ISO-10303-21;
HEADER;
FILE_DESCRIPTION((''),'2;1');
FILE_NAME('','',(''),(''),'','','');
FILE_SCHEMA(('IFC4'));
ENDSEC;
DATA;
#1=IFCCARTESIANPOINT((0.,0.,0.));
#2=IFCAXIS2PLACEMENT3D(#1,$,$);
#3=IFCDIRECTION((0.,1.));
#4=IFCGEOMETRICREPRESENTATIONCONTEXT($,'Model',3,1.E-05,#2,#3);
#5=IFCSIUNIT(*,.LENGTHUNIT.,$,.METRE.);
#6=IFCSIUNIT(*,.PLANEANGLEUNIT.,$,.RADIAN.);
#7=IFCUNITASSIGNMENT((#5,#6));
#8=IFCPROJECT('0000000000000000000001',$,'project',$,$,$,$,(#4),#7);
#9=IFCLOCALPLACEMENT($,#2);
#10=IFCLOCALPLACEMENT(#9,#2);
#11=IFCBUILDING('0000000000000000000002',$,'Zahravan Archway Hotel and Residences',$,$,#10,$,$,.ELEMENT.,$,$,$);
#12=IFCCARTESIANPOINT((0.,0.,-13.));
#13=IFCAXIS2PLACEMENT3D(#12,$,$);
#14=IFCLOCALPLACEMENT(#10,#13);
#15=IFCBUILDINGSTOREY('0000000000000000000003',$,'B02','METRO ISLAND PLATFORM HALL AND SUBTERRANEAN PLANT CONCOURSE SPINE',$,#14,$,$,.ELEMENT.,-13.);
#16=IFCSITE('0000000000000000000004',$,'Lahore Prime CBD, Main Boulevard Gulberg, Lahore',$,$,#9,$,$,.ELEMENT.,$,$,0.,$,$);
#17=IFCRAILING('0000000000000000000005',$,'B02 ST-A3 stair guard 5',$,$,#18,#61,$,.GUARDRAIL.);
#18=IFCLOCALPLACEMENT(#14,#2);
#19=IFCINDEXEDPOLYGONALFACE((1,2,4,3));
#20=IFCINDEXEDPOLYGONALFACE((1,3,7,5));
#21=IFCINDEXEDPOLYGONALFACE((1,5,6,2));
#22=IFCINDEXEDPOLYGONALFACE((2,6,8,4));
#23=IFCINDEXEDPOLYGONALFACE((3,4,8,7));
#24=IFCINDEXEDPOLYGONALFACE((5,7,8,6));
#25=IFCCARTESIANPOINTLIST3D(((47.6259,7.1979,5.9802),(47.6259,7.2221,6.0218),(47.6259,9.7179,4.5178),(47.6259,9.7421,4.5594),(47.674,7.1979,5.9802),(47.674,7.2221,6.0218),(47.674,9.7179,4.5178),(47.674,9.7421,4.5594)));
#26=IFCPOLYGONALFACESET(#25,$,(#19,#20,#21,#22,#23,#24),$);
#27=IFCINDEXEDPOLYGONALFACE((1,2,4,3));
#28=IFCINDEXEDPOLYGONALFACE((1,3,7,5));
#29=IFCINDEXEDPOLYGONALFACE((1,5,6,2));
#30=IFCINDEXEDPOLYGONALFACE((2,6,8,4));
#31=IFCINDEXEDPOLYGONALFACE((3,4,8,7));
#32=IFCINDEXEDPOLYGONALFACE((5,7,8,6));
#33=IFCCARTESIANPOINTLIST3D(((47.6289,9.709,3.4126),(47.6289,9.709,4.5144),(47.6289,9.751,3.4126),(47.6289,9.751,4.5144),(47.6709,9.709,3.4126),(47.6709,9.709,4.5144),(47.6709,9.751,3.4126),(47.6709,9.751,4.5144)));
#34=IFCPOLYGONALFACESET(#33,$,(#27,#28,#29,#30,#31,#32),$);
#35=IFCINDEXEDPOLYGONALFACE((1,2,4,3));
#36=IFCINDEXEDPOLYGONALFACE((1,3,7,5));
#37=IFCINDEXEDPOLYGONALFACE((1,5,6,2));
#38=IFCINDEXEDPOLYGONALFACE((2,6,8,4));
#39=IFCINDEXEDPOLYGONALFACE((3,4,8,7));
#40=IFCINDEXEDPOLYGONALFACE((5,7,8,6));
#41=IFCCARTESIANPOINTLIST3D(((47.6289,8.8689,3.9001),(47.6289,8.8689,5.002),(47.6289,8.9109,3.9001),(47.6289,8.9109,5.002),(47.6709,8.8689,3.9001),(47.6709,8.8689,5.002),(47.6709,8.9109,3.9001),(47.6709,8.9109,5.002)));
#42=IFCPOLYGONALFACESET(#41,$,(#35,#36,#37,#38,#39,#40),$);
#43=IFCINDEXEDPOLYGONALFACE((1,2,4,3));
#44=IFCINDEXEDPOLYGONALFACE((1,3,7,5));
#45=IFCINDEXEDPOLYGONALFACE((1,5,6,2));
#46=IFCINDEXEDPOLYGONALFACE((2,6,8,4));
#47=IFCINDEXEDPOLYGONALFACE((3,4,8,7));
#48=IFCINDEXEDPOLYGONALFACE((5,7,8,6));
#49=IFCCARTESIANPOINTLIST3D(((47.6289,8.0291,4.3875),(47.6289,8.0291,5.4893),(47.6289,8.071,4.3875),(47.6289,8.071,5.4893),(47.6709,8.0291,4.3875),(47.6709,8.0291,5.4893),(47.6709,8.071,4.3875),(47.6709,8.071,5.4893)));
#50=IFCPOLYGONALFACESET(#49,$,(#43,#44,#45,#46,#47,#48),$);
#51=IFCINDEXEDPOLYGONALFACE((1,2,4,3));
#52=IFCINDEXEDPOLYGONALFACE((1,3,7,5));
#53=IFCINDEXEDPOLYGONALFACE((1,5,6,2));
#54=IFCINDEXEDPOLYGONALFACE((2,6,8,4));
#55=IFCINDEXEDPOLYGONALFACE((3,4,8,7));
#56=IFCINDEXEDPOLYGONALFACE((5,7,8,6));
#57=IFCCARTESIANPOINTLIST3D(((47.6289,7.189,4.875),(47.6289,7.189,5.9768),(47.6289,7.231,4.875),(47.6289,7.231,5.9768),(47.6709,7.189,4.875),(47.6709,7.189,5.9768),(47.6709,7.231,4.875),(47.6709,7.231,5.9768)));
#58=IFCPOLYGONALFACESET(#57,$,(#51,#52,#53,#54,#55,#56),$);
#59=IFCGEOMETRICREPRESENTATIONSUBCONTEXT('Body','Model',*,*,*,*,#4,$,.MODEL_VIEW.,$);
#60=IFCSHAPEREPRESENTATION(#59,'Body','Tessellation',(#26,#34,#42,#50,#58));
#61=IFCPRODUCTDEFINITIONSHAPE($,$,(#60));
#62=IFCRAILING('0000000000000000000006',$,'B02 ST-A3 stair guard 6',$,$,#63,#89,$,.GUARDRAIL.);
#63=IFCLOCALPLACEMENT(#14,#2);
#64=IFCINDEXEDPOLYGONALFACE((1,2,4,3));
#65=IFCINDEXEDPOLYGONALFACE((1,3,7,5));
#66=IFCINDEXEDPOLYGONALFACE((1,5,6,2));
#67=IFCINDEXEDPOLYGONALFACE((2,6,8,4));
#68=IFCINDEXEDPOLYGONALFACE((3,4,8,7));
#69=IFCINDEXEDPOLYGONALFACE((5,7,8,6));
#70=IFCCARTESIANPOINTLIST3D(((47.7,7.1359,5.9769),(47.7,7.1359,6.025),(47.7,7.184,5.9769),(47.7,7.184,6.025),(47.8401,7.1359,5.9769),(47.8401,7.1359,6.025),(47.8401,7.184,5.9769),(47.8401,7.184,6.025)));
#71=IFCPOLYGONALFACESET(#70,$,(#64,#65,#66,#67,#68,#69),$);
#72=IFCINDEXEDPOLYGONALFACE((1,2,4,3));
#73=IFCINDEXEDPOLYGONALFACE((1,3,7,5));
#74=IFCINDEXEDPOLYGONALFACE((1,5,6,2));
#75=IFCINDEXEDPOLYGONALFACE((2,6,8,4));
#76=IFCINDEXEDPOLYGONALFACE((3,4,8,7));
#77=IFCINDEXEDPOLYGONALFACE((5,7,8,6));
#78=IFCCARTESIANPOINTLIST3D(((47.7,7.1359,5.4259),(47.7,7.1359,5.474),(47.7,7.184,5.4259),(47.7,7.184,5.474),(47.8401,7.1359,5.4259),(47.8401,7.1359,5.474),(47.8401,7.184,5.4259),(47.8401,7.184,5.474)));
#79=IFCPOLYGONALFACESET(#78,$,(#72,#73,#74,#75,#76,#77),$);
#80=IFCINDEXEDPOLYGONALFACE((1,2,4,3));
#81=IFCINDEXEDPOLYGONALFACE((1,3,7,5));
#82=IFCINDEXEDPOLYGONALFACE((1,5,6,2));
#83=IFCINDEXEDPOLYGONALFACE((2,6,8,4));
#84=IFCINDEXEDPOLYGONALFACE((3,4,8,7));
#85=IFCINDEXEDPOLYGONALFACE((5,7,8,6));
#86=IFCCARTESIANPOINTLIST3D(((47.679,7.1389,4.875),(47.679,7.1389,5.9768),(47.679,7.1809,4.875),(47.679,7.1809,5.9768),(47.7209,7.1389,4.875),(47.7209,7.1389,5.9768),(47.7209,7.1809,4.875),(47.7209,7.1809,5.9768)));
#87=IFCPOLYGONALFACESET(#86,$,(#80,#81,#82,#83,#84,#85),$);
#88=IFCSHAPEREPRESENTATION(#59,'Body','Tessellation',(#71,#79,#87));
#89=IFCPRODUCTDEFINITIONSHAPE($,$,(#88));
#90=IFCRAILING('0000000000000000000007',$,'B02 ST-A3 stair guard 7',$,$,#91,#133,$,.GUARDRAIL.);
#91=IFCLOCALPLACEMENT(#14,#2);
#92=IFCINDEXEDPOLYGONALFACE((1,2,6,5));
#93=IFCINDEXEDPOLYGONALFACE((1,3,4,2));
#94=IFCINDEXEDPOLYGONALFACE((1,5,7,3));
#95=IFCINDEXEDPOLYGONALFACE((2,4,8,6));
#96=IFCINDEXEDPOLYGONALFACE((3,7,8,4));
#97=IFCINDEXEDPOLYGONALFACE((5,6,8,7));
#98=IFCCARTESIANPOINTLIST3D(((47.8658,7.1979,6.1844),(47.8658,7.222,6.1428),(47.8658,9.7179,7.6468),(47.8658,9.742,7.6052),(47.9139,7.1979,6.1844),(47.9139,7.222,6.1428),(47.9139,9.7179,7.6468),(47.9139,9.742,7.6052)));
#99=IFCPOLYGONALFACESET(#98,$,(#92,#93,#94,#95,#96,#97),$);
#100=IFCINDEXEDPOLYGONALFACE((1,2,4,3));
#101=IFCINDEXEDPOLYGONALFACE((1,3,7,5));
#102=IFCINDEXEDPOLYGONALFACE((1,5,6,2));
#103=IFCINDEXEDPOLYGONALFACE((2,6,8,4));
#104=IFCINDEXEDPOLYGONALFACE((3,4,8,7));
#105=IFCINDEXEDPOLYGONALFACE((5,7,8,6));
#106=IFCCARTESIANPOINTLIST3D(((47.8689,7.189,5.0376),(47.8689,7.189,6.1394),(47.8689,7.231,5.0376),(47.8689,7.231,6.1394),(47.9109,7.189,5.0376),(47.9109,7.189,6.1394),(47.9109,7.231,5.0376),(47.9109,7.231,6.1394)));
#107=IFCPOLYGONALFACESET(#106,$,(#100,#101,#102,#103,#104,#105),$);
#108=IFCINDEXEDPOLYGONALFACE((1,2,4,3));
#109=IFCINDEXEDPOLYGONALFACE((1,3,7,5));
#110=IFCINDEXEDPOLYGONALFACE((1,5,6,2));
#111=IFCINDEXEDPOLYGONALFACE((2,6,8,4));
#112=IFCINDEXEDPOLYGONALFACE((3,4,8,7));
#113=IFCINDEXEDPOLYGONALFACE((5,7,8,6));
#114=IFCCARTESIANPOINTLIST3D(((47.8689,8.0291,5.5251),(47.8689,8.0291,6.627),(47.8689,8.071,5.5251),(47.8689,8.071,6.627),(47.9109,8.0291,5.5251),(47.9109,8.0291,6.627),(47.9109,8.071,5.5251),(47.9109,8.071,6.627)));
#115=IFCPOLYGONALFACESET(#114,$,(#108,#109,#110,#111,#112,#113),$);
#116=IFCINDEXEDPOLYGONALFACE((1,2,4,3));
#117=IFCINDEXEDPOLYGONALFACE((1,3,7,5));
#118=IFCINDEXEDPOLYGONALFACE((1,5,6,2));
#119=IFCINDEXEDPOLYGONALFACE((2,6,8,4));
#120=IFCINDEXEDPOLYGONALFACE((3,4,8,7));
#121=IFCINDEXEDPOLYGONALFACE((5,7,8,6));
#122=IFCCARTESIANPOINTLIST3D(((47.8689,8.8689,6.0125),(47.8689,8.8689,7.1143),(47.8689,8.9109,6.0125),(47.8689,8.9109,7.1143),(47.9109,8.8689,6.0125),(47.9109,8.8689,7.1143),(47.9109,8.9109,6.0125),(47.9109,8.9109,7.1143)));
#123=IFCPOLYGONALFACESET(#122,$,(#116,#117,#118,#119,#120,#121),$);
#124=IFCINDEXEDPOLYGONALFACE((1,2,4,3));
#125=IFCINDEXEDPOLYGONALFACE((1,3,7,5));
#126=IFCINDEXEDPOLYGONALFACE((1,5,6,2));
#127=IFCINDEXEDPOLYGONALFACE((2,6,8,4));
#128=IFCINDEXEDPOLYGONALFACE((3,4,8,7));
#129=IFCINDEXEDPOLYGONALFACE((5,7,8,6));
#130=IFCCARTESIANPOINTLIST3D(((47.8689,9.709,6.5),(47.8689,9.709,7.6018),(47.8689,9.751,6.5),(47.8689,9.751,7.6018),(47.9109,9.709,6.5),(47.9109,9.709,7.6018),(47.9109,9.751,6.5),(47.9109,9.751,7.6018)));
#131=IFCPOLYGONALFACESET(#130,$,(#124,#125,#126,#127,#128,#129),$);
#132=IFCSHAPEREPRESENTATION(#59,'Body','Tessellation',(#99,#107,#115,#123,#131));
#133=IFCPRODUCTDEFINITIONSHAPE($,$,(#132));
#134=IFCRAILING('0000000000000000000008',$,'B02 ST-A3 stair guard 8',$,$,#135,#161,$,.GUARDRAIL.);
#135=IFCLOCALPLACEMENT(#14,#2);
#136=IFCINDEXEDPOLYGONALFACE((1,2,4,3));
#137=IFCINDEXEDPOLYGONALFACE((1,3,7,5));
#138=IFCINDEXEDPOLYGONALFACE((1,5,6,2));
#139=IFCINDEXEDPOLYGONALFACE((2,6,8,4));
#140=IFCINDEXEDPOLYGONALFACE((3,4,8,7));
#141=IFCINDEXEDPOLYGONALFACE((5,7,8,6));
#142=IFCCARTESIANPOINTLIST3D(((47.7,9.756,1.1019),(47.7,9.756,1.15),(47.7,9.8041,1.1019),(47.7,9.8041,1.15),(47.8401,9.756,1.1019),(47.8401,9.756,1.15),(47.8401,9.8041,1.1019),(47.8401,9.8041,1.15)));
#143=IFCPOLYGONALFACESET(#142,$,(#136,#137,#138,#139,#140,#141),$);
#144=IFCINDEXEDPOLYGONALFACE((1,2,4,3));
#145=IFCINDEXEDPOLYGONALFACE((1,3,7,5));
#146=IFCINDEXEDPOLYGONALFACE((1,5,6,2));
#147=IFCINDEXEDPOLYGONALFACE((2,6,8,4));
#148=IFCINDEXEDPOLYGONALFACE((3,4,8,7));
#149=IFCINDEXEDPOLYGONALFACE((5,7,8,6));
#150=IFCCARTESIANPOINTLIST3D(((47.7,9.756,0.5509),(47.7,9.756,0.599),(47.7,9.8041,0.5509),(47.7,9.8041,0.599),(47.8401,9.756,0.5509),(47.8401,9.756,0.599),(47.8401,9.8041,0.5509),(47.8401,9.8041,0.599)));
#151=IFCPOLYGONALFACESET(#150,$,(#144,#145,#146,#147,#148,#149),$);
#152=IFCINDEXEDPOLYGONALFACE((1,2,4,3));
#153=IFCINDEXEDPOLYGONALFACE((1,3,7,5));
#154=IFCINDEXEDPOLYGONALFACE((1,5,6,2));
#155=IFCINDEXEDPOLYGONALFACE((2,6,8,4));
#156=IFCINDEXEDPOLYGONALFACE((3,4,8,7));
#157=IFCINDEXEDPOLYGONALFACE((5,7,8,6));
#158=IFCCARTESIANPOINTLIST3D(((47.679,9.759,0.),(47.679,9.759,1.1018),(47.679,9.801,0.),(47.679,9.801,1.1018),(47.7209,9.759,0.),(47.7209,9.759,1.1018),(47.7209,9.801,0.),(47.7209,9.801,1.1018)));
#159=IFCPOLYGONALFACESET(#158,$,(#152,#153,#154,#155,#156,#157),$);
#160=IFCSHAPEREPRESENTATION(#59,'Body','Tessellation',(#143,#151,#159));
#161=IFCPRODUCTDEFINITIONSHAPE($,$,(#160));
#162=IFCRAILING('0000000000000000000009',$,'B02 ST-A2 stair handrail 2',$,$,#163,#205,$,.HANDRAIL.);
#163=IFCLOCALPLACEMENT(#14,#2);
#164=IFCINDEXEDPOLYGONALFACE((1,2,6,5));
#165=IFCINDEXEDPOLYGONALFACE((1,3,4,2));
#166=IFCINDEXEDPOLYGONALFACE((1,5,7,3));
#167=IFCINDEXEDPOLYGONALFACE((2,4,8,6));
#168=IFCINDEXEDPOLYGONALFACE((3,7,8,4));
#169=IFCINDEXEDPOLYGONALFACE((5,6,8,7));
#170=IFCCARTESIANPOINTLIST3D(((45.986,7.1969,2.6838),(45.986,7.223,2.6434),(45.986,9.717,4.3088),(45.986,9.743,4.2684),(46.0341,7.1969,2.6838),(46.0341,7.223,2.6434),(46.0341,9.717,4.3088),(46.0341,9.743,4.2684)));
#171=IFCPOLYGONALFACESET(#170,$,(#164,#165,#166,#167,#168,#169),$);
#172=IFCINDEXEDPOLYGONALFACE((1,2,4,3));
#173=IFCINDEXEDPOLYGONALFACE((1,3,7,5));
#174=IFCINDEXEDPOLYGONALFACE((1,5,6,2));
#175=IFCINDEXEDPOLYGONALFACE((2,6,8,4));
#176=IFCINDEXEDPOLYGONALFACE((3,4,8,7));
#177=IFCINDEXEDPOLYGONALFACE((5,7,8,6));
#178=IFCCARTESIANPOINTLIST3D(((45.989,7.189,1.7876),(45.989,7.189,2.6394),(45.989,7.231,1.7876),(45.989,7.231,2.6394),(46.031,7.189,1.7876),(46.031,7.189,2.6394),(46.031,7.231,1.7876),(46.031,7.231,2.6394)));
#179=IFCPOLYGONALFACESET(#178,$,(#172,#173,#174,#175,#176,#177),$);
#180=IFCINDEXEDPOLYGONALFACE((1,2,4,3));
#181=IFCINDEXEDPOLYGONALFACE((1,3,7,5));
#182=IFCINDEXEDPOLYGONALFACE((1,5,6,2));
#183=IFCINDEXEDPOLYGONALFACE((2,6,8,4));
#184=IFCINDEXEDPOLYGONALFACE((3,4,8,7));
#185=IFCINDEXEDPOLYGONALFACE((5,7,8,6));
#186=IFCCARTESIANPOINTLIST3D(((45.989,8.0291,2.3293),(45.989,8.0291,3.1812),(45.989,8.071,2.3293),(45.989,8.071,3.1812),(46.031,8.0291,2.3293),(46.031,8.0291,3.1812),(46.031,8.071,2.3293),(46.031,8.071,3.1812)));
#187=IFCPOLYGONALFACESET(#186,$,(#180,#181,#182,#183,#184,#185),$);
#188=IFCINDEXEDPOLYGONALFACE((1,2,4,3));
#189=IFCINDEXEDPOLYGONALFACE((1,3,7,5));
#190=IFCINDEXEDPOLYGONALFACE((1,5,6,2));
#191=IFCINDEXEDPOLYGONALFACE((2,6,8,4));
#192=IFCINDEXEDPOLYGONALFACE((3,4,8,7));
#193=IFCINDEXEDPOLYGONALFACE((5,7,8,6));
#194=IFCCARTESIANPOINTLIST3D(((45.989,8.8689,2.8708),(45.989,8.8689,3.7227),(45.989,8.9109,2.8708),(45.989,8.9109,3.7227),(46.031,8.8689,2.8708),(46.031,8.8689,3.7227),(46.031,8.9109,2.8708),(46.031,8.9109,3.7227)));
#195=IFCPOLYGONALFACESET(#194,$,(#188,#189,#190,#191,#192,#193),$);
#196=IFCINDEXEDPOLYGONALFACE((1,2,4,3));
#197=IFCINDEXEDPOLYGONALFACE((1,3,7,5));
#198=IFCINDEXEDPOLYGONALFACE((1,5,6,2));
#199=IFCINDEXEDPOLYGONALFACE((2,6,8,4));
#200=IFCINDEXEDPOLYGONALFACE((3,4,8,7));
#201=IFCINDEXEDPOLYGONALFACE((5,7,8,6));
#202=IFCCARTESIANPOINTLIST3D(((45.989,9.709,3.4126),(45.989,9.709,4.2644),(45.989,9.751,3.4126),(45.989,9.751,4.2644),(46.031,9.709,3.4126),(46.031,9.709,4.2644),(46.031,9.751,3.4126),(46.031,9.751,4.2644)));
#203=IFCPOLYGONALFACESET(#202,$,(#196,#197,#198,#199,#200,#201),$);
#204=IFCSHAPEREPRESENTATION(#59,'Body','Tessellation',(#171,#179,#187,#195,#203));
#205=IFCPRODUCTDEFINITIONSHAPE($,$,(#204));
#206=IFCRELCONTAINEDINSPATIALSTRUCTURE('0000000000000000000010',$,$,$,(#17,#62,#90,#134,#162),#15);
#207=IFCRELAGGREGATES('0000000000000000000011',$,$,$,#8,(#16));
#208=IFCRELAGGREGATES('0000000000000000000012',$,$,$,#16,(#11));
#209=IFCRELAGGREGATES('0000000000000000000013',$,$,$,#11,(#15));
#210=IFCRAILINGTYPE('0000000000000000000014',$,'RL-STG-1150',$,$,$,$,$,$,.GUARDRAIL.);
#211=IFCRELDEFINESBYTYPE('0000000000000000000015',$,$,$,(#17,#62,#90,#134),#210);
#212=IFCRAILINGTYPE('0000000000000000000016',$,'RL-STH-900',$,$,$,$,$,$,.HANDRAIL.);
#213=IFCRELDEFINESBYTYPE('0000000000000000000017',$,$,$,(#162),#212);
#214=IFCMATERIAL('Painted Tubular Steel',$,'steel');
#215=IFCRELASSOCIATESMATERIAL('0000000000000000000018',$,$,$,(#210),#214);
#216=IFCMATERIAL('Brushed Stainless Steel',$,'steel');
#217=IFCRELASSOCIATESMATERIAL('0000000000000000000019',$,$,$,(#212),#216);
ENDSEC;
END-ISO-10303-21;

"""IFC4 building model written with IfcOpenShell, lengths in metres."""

from ifc_helpers import new_model, si_unit, direction, frame, origin, origin_2d, place, context, subcontext, project, spatial, rectangle, extrude, material, type_object, element, save


model = new_model("IFC4")

# Units and contexts
model_context = context("Model", 3, precision=1e-05, world=origin(), true_north=direction((0.0, 1.0)))
body_context = subcontext(model_context, "Body", "Model", "MODEL_VIEW")
ifc_project = project(units=[si_unit("LENGTHUNIT", "METRE"), si_unit("PLANEANGLEUNIT", "RADIAN")], contexts=[model_context])

# Site, building, storey
site_placement = place(None, origin())
site = spatial("IfcSite", under=ifc_project, at=site_placement, Name="Lahore Prime CBD, Main Boulevard Gulberg, Lahore", CompositionType="ELEMENT", RefElevation=0.0)
building_placement = place(site_placement, origin())
building = spatial("IfcBuilding", under=site, at=building_placement, Name="Zahravan Archway Hotel and Residences", CompositionType="ELEMENT")
storey_placement = place(building_placement, frame((0.0, 0.0, -13.0)))
storey = spatial("IfcBuildingStorey", under=building, at=storey_placement, Name="B02", Description="METRO ISLAND PLATFORM HALL AND SUBTERRANEAN PLANT CONCOURSE SPINE", CompositionType="ELEMENT", Elevation=-13.0)

# Railings
ifc_material_1 = material(Name="Painted Tubular Steel", Category="steel")
railing_type_1 = type_object("IfcRailingType", Name="RL-STG-1150", PredefinedType="GUARDRAIL", material=ifc_material_1)
railing_1_placement = place(storey_placement, frame((47.6499, 9.73, 3.4126)))
element("IfcRailing", 1, at=railing_1_placement, inside=storey, type_object=railing_type_1, Name="B02 ST-A3 stair guard 5", PredefinedType="GUARDRAIL", context=body_context, shape_type="SweptSolid", body=[
    extrude(rectangle(XDim=0.0481, YDim=0.0481, at=origin_2d()), frame((0.0, 0.0, 1.126), z_axis=(0.0, -0.864913, 0.501921), x_axis=(1.0, 0.0, 0.0)), (0.0, 0.0, 1.0), 2.9136),
    extrude(rectangle(XDim=0.042, YDim=0.042, at=origin_2d()), origin(), (0.0, 0.0, 1.0), 1.1018),
    extrude(rectangle(XDim=0.042, YDim=0.042, at=origin_2d()), frame((0.0, -0.8401, 0.4875)), (0.0, 0.0, 1.0), 1.1018),
    extrude(rectangle(XDim=0.042, YDim=0.042, at=origin_2d()), frame((0.0, -1.6799, 0.9749)), (0.0, 0.0, 1.0), 1.1018),
    extrude(rectangle(XDim=0.042, YDim=0.042, at=origin_2d()), frame((0.0, -2.52, 1.4624)), (0.0, 0.0, 1.0), 1.1018),
])
railing_2_placement = place(storey_placement, frame((47.7, 7.1599, 4.875)))
element("IfcRailing", 2, at=railing_2_placement, inside=storey, type_object=railing_type_1, Name="B02 ST-A3 stair guard 6", PredefinedType="GUARDRAIL", context=body_context, shape_type="SweptSolid", body=[
    extrude(rectangle(XDim=0.0481, YDim=0.0481, at=origin_2d()), frame((0.0, 0.0, 1.126), z_axis=(1.0, 0.0, 0.0), x_axis=(0.0, 1.0, 0.0)), (0.0, 0.0, 1.0), 0.1401),
    extrude(rectangle(XDim=0.0481, YDim=0.0481, at=origin_2d()), frame((0.0, 0.0, 0.575), z_axis=(1.0, 0.0, 0.0), x_axis=(0.0, 1.0, 0.0)), (0.0, 0.0, 1.0), 0.1401),
    extrude(rectangle(XDim=0.042, YDim=0.042, at=origin_2d()), origin(), (0.0, 0.0, 1.0), 1.1018),
])
railing_3_placement = place(storey_placement, frame((47.8899, 7.21, 5.0376)))
element("IfcRailing", 3, at=railing_3_placement, inside=storey, type_object=railing_type_1, Name="B02 ST-A3 stair guard 7", PredefinedType="GUARDRAIL", context=body_context, shape_type="SweptSolid", body=[
    extrude(rectangle(XDim=0.0481, YDim=0.0481, at=origin_2d()), frame((0.0, 0.0, 1.126), z_axis=(0.0, 0.864913, 0.501921), x_axis=(-1.0, 0.0, 0.0)), (0.0, 0.0, 1.0), 2.9136),
    extrude(rectangle(XDim=0.042, YDim=0.042, at=origin_2d()), origin(), (0.0, 0.0, 1.0), 1.1018),
    extrude(rectangle(XDim=0.042, YDim=0.042, at=origin_2d()), frame((0.0, 0.8401, 0.4875)), (0.0, 0.0, 1.0), 1.1018),
    extrude(rectangle(XDim=0.042, YDim=0.042, at=origin_2d()), frame((0.0, 1.6799, 0.9749)), (0.0, 0.0, 1.0), 1.1018),
    extrude(rectangle(XDim=0.042, YDim=0.042, at=origin_2d()), frame((0.0, 2.52, 1.4624)), (0.0, 0.0, 1.0), 1.1018),
])
railing_4_placement = place(storey_placement, frame((47.7, 9.78, 0.0)))
element("IfcRailing", 4, at=railing_4_placement, inside=storey, type_object=railing_type_1, Name="B02 ST-A3 stair guard 8", PredefinedType="GUARDRAIL", context=body_context, shape_type="SweptSolid", body=[
    extrude(rectangle(XDim=0.0481, YDim=0.0481, at=origin_2d()), frame((0.0, 0.0, 1.126), z_axis=(1.0, 0.0, 0.0), x_axis=(0.0, 1.0, 0.0)), (0.0, 0.0, 1.0), 0.1401),
    extrude(rectangle(XDim=0.0481, YDim=0.0481, at=origin_2d()), frame((0.0, 0.0, 0.575), z_axis=(1.0, 0.0, 0.0), x_axis=(0.0, 1.0, 0.0)), (0.0, 0.0, 1.0), 0.1401),
    extrude(rectangle(XDim=0.042, YDim=0.042, at=origin_2d()), origin(), (0.0, 0.0, 1.0), 1.1018),
])
ifc_material_2 = material(Name="Brushed Stainless Steel", Category="steel")
railing_type_2 = type_object("IfcRailingType", Name="RL-STH-900", PredefinedType="HANDRAIL", material=ifc_material_2)
for number, where, name in (
    (5, (46.01, 7.21, 1.7876), "B02 ST-A2 stair handrail 2"),
):
    element("IfcRailing", number, at=place(storey_placement, frame(where)), inside=storey, type_object=railing_type_2, Name=name, PredefinedType="HANDRAIL", context=body_context, shape_type="SweptSolid", body=[
        extrude(rectangle(XDim=0.0481, YDim=0.0481, at=origin_2d()), frame((0.0, 0.0, 0.876), z_axis=(0.0, 0.840421, 0.541934), x_axis=(-1.0, 0.0, 0.0)), (0.0, 0.0, 1.0), 2.9985),
        extrude(rectangle(XDim=0.042, YDim=0.042, at=origin_2d()), origin(), (0.0, 0.0, 1.0), 0.8518),
        extrude(rectangle(XDim=0.042, YDim=0.042, at=origin_2d()), frame((0.0, 0.8401, 0.5417)), (0.0, 0.0, 1.0), 0.8518),
        extrude(rectangle(XDim=0.042, YDim=0.042, at=origin_2d()), frame((0.0, 1.6799, 1.0833)), (0.0, 0.0, 1.0), 0.8518),
        extrude(rectangle(XDim=0.042, YDim=0.042, at=origin_2d()), frame((0.0, 2.52, 1.625)), (0.0, 0.0, 1.0), 0.8518),
    ])

save(model, "model.ifc")
